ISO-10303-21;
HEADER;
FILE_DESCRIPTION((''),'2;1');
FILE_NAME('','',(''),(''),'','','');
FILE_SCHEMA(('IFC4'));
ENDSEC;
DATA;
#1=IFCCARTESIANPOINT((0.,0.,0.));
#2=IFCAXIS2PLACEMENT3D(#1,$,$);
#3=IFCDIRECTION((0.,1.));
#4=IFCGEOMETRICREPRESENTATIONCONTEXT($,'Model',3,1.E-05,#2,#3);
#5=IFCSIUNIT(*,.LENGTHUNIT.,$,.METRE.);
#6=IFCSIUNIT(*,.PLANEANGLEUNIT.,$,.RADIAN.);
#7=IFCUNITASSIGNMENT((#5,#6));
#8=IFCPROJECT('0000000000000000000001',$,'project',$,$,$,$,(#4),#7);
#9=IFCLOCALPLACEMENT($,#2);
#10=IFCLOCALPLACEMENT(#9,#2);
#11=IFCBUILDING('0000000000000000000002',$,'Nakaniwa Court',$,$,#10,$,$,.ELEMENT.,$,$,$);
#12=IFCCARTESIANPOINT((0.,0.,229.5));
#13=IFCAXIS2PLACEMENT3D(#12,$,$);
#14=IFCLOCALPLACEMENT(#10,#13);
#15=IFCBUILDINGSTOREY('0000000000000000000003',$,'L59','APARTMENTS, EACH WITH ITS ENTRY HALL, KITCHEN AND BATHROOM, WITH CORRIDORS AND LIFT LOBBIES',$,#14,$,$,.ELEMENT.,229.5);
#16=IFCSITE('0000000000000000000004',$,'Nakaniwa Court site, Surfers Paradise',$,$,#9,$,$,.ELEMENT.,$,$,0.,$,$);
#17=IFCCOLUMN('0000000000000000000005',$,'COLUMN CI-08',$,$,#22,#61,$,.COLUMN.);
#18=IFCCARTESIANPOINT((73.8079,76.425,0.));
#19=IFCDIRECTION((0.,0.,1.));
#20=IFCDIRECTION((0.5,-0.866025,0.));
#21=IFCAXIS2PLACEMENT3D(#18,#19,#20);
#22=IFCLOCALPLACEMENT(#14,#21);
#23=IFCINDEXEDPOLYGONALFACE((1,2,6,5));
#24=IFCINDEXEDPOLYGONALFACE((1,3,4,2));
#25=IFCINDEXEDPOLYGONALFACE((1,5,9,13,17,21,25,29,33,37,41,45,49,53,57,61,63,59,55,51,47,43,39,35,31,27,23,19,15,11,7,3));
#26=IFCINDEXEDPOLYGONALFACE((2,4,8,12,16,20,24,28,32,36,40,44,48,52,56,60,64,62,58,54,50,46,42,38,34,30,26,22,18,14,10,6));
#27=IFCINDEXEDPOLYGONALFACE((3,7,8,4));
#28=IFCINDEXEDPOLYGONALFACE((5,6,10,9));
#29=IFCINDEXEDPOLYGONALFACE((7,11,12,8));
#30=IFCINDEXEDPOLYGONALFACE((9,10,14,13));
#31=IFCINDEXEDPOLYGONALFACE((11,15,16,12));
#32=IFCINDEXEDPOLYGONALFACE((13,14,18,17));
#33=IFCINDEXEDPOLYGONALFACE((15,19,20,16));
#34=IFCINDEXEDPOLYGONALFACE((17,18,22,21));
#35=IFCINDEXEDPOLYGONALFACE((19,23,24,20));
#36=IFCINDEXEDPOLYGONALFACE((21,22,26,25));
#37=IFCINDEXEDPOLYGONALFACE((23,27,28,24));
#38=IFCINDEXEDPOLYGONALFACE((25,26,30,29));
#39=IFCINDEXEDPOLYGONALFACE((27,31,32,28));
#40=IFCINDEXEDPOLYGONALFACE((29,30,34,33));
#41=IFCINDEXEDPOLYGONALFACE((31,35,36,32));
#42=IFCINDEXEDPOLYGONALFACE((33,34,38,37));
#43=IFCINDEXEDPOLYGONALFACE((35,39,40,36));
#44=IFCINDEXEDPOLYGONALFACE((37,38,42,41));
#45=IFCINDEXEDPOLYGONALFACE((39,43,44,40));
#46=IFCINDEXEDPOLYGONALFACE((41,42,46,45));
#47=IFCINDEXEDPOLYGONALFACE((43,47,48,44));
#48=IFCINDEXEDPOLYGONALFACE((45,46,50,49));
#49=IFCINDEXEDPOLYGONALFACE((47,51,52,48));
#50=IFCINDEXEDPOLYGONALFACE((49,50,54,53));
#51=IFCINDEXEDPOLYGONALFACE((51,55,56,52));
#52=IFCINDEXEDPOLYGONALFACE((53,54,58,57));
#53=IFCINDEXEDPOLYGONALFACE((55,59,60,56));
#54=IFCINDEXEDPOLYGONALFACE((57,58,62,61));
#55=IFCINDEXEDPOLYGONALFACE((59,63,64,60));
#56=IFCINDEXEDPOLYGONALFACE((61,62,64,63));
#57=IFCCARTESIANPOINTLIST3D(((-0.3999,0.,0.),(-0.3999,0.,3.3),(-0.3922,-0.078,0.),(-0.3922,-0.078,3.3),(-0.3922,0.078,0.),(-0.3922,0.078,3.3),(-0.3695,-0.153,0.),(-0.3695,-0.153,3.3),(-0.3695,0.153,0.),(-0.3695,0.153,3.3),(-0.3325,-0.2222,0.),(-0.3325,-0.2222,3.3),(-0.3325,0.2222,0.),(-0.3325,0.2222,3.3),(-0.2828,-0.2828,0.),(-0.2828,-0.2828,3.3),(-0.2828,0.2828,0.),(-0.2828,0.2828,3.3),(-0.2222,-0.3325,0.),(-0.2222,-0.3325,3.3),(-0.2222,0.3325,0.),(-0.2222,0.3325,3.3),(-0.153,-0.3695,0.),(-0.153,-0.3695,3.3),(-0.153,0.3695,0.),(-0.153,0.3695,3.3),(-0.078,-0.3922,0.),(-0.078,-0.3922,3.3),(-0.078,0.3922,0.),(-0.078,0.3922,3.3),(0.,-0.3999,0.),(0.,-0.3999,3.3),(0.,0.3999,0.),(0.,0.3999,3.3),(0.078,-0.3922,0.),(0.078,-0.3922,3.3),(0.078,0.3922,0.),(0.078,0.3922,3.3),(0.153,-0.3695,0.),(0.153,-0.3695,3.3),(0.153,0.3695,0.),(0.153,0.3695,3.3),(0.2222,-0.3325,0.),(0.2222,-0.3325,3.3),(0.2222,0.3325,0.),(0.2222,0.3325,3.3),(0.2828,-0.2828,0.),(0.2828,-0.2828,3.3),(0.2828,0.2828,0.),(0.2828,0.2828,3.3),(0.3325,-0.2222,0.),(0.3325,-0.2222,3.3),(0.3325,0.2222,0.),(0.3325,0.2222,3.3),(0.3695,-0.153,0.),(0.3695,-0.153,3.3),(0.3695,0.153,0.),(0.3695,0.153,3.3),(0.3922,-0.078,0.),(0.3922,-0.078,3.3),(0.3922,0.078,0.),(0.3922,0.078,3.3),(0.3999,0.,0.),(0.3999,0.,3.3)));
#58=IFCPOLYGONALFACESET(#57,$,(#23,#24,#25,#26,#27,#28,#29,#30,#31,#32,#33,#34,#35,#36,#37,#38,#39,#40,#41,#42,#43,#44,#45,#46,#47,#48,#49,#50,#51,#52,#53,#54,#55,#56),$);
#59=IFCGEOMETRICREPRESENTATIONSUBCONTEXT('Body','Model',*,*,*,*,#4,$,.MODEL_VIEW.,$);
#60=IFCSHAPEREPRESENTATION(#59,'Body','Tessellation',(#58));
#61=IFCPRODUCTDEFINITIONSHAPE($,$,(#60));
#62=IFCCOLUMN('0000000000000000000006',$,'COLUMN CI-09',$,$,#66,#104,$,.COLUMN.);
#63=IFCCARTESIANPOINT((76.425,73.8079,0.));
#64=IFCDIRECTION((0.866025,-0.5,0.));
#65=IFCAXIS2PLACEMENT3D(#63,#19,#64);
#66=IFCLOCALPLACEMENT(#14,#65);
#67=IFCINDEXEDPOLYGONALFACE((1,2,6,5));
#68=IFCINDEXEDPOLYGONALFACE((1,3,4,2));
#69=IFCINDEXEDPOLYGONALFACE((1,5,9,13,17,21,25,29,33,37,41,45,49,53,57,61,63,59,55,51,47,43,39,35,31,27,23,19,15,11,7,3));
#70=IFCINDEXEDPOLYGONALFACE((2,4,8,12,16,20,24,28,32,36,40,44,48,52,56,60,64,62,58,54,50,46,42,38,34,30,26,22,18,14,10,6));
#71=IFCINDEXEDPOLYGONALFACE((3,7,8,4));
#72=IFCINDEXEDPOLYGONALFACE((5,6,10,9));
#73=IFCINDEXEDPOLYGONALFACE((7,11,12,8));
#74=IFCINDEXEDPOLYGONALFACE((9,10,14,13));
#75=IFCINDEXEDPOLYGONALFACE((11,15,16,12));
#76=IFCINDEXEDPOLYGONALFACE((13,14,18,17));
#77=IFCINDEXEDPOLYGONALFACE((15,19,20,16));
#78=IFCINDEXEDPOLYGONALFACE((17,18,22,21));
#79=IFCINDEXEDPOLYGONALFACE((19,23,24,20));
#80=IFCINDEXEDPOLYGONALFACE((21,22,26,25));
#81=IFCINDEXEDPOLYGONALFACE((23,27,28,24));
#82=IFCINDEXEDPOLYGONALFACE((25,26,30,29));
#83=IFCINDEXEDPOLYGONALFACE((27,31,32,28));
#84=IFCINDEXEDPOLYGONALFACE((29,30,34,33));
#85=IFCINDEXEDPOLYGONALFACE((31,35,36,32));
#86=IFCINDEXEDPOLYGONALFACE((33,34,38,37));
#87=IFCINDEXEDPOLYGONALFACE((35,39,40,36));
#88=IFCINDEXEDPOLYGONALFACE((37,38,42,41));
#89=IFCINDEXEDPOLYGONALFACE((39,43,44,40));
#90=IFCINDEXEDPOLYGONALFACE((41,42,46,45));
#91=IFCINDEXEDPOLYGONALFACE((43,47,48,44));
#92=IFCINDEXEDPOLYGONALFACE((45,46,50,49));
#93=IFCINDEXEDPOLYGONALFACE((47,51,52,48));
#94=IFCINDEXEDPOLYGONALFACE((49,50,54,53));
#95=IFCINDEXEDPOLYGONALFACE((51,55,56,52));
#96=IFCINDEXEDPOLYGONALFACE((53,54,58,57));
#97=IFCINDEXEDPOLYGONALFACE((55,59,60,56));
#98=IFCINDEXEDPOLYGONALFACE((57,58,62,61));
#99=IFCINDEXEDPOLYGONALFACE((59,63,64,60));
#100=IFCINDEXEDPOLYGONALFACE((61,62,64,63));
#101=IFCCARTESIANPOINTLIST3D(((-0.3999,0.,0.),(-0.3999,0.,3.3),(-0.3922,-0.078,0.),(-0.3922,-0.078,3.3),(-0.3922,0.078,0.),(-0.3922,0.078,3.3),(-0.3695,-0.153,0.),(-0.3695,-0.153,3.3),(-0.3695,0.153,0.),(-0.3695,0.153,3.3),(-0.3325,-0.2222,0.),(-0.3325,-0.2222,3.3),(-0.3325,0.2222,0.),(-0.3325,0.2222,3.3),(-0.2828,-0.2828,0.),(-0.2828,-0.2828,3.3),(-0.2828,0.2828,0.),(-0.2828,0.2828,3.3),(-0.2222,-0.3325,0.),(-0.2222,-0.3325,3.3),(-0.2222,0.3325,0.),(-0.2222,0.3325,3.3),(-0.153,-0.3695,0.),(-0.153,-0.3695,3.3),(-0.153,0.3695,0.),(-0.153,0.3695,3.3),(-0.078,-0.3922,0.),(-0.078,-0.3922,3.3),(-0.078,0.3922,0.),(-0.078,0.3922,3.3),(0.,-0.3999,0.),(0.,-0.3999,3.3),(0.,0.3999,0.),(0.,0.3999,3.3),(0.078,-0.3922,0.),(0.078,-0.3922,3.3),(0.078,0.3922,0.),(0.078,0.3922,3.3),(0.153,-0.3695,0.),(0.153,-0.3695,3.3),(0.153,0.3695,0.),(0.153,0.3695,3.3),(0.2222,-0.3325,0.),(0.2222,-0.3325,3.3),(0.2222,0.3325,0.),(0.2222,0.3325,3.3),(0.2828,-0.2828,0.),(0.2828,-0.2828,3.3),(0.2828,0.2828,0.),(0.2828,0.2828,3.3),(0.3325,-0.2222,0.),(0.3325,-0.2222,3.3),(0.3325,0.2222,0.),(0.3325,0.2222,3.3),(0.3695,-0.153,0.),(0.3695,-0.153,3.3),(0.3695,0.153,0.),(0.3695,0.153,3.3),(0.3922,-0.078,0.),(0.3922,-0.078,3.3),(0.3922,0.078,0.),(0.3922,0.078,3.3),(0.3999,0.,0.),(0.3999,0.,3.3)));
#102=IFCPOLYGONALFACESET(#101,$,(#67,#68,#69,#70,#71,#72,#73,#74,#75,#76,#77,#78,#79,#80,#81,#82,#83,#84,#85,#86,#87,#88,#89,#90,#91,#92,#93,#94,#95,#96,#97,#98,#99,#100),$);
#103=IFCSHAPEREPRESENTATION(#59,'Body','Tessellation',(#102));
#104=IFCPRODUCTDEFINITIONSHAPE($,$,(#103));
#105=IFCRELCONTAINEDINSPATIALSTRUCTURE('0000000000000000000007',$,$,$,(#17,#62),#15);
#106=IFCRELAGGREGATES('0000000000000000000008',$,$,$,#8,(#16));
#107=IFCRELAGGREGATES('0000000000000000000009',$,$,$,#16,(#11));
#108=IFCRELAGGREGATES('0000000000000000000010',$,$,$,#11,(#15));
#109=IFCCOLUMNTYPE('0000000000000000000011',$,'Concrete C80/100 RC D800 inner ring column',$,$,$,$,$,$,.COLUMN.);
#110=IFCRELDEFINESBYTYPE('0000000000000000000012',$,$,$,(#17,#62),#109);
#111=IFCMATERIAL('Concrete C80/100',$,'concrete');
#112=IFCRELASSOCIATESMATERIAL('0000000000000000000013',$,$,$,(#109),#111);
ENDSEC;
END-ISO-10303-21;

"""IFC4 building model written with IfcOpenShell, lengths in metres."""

from ifc_helpers import new_model, si_unit, direction, frame, origin, origin_2d, place, context, subcontext, project, spatial, circle, extrude, material, material_profile, profile_set, type_object, element, save


model = new_model("IFC4")

# Units and contexts
model_context = context("Model", 3, precision=1e-05, world=origin(), true_north=direction((0.0, 1.0)))
body_context = subcontext(model_context, "Body", "Model", "MODEL_VIEW")
ifc_project = project(units=[si_unit("LENGTHUNIT", "METRE"), si_unit("PLANEANGLEUNIT", "RADIAN")], contexts=[model_context])

# Site, building, storey
site_placement = place(None, origin())
site = spatial("IfcSite", under=ifc_project, at=site_placement, Name="Nakaniwa Court site, Surfers Paradise", CompositionType="ELEMENT", RefElevation=0.0)
building_placement = place(site_placement, origin())
building = spatial("IfcBuilding", under=site, at=building_placement, Name="Nakaniwa Court", CompositionType="ELEMENT")
storey_placement = place(building_placement, frame((0.0, 0.0, 229.5)))
storey = spatial("IfcBuildingStorey", under=building, at=storey_placement, Name="L59", Description="APARTMENTS, EACH WITH ITS ENTRY HALL, KITCHEN AND BATHROOM, WITH CORRIDORS AND LIFT LOBBIES", CompositionType="ELEMENT", Elevation=229.5)

# Columns
ifc_material_1 = material(Name="Concrete C80/100", Category="concrete")
ifc_material_profile_1 = material_profile(ifc_material_1, circle(Radius=0.3999, at=origin_2d()), Name="Concrete C80/100 RC D800 inner ring column")
ifc_profile_set_1 = profile_set([ifc_material_profile_1], Name="Concrete C80/100")
column_type_1 = type_object("IfcColumnType", Name="Concrete C80/100 RC D800 inner ring column", PredefinedType="COLUMN", material=ifc_profile_set_1)
for number, where, z_axis, x_axis, name in (
    (1, (73.8079, 76.425, 0.0), (0.0, 0.0, 1.0), (0.5, -0.866025, 0.0), "COLUMN CI-08"),
    (2, (76.425, 73.8079, 0.0), (0.0, 0.0, 1.0), (0.866025, -0.5, 0.0), "COLUMN CI-09"),
):
    element("IfcColumn", number, at=place(storey_placement, frame(where, z_axis=z_axis, x_axis=x_axis)), inside=storey, type_object=column_type_1, Name=name, PredefinedType="COLUMN", context=body_context, shape_type="SweptSolid", body=[
        extrude(circle(Radius=0.3999, at=origin_2d()), origin(), (0.0, 0.0, 1.0), 3.3),
    ])

save(model, "model.ifc")
